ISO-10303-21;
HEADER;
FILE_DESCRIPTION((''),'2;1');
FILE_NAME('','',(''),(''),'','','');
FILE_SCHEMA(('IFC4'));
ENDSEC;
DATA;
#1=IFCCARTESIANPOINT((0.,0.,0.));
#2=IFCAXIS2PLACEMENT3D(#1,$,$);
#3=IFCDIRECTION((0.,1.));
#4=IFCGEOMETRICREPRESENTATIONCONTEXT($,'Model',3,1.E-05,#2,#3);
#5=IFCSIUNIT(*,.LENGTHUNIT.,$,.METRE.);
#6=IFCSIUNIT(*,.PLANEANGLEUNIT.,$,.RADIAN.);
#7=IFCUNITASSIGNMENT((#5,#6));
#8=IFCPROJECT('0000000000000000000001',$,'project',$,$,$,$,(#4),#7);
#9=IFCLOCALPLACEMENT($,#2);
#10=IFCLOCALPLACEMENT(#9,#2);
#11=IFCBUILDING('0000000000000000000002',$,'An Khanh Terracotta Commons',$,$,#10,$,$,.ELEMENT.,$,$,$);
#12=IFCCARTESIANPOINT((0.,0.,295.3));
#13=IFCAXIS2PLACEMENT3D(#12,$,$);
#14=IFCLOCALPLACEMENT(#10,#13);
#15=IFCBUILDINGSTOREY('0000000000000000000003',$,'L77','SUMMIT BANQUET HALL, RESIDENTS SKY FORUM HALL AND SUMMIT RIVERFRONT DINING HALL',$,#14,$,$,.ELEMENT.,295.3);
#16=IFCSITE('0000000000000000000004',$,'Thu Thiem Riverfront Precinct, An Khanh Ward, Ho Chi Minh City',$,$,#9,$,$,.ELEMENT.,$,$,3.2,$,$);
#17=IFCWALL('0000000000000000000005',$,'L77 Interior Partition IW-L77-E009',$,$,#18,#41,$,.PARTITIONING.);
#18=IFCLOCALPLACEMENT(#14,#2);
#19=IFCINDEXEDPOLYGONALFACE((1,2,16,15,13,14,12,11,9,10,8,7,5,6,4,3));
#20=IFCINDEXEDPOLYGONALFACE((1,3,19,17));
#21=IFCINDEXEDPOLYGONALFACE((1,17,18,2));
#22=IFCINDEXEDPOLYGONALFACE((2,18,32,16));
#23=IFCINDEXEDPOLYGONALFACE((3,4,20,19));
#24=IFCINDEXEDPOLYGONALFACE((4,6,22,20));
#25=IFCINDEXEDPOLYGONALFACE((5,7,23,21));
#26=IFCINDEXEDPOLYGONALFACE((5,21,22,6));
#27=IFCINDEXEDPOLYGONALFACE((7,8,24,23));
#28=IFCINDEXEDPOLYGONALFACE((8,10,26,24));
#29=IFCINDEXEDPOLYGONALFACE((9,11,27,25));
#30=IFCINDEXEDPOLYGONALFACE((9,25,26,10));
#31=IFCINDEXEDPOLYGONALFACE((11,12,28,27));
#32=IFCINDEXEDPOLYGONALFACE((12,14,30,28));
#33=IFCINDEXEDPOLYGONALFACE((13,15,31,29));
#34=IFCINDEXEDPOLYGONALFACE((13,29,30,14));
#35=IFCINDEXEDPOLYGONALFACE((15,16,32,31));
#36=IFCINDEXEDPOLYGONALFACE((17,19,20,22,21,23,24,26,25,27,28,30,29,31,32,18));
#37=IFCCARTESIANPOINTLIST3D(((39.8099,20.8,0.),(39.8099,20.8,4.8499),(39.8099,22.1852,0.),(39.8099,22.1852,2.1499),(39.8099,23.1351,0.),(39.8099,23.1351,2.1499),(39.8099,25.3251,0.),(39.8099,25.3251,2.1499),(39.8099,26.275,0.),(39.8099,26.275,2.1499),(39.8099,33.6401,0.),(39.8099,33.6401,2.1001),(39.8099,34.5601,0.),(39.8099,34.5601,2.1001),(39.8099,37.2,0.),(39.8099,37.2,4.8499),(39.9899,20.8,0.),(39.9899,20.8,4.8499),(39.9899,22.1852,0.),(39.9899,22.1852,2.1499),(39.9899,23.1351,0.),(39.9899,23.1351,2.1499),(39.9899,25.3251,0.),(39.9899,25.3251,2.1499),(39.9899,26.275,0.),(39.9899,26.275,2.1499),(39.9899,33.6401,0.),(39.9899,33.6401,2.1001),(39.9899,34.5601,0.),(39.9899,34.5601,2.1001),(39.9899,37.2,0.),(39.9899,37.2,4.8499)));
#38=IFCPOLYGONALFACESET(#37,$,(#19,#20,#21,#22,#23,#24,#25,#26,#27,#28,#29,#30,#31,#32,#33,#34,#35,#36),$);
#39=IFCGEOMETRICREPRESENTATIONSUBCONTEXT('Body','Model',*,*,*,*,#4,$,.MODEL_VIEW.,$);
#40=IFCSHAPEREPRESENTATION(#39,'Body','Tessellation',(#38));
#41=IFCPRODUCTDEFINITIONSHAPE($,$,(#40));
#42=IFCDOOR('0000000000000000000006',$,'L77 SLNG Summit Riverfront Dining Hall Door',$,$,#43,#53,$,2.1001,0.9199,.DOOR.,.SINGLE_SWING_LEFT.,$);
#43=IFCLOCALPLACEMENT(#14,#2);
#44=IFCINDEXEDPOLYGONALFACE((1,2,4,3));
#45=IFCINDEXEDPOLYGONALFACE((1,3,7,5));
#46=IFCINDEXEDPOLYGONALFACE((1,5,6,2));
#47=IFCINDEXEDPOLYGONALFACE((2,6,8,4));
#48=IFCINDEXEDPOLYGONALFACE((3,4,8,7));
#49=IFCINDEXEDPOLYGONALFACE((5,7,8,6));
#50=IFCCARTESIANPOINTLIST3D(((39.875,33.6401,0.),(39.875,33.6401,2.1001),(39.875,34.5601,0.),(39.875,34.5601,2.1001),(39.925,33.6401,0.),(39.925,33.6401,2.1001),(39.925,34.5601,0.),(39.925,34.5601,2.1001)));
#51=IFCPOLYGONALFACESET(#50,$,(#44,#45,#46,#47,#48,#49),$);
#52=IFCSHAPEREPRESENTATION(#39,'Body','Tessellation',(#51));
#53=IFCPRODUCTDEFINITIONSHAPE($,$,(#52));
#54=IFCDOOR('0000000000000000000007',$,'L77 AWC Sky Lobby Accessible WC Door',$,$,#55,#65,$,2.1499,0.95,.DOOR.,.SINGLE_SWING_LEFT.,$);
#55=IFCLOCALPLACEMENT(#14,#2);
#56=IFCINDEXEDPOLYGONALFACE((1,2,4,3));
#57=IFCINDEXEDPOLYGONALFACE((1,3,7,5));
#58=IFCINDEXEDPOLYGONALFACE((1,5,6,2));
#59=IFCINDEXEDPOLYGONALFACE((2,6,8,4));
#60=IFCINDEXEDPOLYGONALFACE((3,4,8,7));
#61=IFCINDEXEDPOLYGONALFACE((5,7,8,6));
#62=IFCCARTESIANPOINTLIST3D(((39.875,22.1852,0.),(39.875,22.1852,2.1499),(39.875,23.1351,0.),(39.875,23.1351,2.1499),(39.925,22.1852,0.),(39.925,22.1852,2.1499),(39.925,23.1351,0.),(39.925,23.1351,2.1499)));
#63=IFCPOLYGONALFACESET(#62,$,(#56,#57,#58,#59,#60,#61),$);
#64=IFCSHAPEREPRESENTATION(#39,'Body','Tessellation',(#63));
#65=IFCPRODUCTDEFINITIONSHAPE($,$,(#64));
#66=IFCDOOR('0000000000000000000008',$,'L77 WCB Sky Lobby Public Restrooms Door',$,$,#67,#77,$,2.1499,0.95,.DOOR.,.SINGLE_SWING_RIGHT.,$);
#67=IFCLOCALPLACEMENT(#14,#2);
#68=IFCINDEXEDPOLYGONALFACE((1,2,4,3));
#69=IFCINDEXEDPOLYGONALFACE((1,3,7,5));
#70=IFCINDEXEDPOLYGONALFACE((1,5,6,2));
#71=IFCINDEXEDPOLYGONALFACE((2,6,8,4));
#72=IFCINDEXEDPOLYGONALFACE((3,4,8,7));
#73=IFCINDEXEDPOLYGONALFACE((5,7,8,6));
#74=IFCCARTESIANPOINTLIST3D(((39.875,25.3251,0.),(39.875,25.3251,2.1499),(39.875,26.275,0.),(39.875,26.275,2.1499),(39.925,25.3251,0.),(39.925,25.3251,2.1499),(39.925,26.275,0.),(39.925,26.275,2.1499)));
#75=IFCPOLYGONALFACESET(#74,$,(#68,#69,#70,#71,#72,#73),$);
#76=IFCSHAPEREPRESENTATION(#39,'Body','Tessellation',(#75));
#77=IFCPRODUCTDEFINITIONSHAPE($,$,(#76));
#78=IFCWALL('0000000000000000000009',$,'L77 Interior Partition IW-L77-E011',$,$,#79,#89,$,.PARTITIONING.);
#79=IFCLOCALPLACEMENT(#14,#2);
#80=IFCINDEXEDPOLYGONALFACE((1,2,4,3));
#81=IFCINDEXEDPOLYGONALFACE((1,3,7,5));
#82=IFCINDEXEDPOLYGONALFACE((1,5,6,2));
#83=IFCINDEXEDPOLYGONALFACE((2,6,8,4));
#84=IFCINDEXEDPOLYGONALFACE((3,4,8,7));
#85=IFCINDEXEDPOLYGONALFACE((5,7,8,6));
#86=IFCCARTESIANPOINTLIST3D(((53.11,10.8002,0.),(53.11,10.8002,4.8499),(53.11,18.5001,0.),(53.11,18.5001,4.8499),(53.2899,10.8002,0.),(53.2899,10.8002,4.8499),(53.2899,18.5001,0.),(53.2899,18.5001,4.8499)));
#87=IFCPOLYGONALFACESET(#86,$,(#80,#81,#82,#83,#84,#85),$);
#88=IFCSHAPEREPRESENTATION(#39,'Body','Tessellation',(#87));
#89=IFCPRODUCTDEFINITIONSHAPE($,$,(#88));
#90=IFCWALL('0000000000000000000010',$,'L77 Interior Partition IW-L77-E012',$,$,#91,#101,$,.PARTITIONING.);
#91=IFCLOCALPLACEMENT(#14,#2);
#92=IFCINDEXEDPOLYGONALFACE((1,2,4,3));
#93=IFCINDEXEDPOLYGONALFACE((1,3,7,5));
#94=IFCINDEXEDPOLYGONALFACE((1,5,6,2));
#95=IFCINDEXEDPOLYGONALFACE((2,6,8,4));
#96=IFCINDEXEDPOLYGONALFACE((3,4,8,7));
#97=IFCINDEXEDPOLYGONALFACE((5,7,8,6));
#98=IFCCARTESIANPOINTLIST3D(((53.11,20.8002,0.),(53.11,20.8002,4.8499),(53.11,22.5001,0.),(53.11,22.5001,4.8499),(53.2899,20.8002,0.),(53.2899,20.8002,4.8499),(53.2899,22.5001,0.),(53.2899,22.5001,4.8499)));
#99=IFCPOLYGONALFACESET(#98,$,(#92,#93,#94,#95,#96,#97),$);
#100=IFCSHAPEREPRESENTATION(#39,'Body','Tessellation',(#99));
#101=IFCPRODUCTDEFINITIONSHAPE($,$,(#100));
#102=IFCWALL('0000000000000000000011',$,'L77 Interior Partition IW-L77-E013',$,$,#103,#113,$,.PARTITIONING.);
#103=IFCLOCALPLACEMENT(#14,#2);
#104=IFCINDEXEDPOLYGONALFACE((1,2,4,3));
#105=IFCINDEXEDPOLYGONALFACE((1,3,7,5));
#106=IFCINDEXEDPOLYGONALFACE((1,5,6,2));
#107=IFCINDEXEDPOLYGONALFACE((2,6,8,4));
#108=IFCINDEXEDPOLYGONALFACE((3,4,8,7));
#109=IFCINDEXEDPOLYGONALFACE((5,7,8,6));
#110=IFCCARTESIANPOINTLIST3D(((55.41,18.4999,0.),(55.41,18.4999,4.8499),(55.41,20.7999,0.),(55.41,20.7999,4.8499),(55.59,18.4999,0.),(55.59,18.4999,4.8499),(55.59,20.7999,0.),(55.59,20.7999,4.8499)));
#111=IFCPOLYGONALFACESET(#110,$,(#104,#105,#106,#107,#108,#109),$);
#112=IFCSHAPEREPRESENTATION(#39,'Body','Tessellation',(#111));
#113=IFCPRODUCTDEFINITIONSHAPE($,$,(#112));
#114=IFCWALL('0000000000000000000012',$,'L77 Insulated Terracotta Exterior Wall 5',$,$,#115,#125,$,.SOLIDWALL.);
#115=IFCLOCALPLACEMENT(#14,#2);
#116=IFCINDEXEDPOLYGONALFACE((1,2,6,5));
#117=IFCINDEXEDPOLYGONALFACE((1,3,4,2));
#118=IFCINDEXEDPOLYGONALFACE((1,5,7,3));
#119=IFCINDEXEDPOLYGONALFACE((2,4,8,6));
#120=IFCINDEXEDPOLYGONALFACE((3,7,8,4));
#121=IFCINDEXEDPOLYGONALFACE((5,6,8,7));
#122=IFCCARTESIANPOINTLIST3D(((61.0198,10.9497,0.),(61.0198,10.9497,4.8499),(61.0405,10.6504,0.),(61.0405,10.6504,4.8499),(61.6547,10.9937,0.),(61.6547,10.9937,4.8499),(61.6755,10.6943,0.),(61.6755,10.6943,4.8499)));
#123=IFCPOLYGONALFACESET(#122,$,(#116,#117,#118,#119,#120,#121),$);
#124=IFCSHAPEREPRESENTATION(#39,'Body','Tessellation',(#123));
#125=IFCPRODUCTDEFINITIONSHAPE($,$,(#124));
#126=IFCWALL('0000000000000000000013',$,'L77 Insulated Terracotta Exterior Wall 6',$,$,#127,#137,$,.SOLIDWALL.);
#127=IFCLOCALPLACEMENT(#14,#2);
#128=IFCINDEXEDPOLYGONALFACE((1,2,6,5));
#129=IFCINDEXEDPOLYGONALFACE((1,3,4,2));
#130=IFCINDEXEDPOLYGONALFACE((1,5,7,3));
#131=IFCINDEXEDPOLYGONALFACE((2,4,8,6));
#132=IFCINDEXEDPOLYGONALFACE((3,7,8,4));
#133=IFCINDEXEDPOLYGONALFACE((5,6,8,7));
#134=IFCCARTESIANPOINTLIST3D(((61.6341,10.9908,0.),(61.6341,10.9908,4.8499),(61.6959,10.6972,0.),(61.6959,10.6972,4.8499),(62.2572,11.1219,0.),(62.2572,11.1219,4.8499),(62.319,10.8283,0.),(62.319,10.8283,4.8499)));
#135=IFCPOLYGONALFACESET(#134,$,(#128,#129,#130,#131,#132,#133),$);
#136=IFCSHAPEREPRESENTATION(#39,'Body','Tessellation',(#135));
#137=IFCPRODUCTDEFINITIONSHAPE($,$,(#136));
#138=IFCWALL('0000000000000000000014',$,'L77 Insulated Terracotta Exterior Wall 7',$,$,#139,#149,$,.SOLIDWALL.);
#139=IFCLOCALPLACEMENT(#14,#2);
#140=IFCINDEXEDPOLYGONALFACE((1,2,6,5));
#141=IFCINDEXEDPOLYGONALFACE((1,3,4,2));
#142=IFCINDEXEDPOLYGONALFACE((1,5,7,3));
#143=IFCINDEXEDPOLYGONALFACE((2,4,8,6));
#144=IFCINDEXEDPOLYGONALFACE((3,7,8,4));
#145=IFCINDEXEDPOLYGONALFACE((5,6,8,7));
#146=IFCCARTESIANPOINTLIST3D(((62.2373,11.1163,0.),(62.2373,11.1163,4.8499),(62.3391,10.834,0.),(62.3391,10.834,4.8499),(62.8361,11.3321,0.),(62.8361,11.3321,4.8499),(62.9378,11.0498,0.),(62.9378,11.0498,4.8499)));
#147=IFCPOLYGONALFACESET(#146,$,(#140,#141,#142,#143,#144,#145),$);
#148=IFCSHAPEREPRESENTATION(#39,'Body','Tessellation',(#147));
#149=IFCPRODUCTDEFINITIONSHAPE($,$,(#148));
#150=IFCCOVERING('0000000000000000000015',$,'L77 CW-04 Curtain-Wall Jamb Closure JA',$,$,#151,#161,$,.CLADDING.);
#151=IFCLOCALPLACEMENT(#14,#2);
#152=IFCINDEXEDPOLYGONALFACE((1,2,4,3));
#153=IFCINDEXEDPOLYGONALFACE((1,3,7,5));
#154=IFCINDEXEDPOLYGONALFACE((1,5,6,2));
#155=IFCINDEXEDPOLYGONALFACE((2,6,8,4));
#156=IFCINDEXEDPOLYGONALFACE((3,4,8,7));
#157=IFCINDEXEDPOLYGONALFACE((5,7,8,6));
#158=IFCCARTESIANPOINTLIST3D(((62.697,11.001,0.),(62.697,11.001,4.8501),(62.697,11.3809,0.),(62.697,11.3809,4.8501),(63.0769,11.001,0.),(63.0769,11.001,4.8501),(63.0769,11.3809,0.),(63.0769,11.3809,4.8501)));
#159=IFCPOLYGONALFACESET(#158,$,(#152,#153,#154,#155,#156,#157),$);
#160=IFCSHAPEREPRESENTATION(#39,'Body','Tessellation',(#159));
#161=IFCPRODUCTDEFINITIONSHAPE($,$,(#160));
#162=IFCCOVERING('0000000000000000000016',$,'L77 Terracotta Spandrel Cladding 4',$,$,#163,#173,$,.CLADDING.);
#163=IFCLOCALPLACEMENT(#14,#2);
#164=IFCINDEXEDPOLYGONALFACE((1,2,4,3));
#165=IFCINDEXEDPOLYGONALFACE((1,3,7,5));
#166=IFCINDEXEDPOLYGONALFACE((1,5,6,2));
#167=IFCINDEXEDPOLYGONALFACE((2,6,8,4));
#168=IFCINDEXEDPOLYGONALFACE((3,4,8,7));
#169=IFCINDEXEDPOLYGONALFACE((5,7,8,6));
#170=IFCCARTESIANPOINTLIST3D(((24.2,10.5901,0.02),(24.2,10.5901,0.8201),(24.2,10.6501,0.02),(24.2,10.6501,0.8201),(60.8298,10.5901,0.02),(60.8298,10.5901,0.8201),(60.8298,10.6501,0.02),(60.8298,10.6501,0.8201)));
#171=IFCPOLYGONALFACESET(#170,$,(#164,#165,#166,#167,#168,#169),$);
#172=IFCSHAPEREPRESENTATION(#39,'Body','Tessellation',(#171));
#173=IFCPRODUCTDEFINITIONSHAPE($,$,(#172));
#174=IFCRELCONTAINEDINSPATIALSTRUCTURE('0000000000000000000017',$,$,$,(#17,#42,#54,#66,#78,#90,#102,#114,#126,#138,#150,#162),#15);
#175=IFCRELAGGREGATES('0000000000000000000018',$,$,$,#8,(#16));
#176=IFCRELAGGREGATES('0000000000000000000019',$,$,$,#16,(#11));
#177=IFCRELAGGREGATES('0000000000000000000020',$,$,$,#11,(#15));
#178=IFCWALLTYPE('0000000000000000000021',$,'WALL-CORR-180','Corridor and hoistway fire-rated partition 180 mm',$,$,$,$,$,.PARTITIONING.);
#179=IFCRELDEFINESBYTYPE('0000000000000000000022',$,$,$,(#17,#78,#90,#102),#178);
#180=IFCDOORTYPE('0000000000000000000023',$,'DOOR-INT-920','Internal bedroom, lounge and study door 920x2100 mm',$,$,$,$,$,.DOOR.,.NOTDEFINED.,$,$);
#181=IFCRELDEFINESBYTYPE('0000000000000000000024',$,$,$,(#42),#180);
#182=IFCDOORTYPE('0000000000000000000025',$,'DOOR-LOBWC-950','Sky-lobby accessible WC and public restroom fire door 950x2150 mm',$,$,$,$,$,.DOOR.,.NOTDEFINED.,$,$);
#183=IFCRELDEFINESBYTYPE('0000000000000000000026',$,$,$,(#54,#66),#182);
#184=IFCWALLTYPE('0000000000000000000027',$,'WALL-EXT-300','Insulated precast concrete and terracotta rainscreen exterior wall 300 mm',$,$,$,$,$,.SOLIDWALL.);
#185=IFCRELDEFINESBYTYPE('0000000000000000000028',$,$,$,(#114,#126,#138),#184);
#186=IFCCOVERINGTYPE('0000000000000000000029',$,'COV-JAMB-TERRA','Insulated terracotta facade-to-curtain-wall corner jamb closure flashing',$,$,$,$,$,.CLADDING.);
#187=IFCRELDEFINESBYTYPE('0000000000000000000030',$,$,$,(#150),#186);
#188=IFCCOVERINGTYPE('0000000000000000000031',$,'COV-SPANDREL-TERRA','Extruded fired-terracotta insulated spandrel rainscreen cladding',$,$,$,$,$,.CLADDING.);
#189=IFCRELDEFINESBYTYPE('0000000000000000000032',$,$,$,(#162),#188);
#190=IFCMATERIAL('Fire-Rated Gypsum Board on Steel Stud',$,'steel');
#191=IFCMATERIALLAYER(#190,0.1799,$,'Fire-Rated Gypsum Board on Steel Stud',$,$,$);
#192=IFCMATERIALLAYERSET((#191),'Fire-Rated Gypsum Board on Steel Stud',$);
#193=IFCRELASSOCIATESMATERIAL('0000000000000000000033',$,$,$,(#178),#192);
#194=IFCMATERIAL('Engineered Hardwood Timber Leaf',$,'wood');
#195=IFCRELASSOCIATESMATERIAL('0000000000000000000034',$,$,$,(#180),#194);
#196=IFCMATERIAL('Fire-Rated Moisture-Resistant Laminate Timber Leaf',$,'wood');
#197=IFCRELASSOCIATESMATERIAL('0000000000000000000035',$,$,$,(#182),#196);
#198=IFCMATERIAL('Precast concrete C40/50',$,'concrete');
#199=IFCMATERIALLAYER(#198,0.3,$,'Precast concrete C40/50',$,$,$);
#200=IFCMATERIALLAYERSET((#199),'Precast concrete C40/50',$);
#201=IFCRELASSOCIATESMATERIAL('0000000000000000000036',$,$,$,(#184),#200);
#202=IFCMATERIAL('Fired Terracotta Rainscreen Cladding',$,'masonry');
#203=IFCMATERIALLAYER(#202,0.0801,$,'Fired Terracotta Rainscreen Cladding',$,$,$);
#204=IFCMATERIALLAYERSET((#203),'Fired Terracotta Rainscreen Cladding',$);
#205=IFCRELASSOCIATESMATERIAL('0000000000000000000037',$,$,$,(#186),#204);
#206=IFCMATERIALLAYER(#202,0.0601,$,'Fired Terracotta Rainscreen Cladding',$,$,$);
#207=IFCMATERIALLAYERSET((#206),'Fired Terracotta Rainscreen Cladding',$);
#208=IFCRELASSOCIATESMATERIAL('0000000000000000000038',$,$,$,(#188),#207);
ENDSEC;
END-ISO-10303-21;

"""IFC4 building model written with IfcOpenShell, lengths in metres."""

from ifc_helpers import new_model, si_unit, direction, frame, frame_2d, origin, origin_2d, place, context, subcontext, project, spatial, rectangle, extrude, material, layer, layer_set, type_object, element, fill, save


model = new_model("IFC4")

# Units and contexts
model_context = context("Model", 3, precision=1e-05, world=origin(), true_north=direction((0.0, 1.0)))
body_context = subcontext(model_context, "Body", "Model", "MODEL_VIEW")
ifc_project = project(units=[si_unit("LENGTHUNIT", "METRE"), si_unit("PLANEANGLEUNIT", "RADIAN")], contexts=[model_context])

# Site, building, storey
site_placement = place(None, origin())
site = spatial("IfcSite", under=ifc_project, at=site_placement, Name="Thu Thiem Riverfront Precinct, An Khanh Ward, Ho Chi Minh City", CompositionType="ELEMENT", RefElevation=3.2)
building_placement = place(site_placement, origin())
building = spatial("IfcBuilding", under=site, at=building_placement, Name="An Khanh Terracotta Commons", CompositionType="ELEMENT")
storey_placement = place(building_placement, frame((0.0, 0.0, 295.3)))
storey = spatial("IfcBuildingStorey", under=building, at=storey_placement, Name="L77", Description="SUMMIT BANQUET HALL, RESIDENTS SKY FORUM HALL AND SUMMIT RIVERFRONT DINING HALL", CompositionType="ELEMENT", Elevation=295.3)

# Shared definitions
ifc_material_1 = material(Name="Fire-Rated Gypsum Board on Steel Stud", Category="steel")
ifc_layer_1 = layer(ifc_material_1, 0.1799, Name="Fire-Rated Gypsum Board on Steel Stud")
ifc_layer_set_1 = layer_set([ifc_layer_1], Name="Fire-Rated Gypsum Board on Steel Stud")
wall_type_1 = type_object("IfcWallType", Name="WALL-CORR-180", Description="Corridor and hoistway fire-rated partition 180 mm", PredefinedType="PARTITIONING", material=ifc_layer_set_1)

# Wall, openings, doors
wall_1_placement = place(storey_placement, frame((39.8999, 20.8, 0.0), z_axis=(0.0, 0.0, 1.0), x_axis=(0.0, 1.0, 0.0)))
wall_1 = element("IfcWall", 1, at=wall_1_placement, inside=storey, type_object=wall_type_1, Name="L77 Interior Partition IW-L77-E009", PredefinedType="PARTITIONING", context=body_context, shape_type="SweptSolid", body=[
    extrude(rectangle(XDim=16.3999, YDim=0.1799, at=frame_2d((8.2, 0.0))), origin(), (0.0, 0.0, 1.0), 4.8499),
])
opening_1_placement = place(wall_1_placement, frame((1.385, 0.0, 0.0)))
opening_1 = element("IfcOpeningElement", 2, at=opening_1_placement, cuts=wall_1, PredefinedType="OPENING", context=body_context, shape_type="SweptSolid", body=[
    extrude(rectangle(XDim=0.95, YDim=2.1499, at=frame_2d((0.4751, 1.075))), frame((0.0, 0.0999, 0.0), z_axis=(0.0, -1.0, 0.0), x_axis=(1.0, 0.0, 0.0)), (0.0, 0.0, 1.0), 0.2),
])
opening_2_placement = place(wall_1_placement, frame((4.5249, 0.0, 0.0)))
opening_2 = element("IfcOpeningElement", 3, at=opening_2_placement, cuts=wall_1, PredefinedType="OPENING", context=body_context, shape_type="SweptSolid", body=[
    extrude(rectangle(XDim=0.95, YDim=2.1499, at=frame_2d((0.4751, 1.075))), frame((0.0, 0.0999, 0.0), z_axis=(0.0, -1.0, 0.0), x_axis=(1.0, 0.0, 0.0)), (0.0, 0.0, 1.0), 0.2),
])
opening_3_placement = place(wall_1_placement, frame((12.8401, 0.0, 0.0)))
opening_3 = element("IfcOpeningElement", 4, at=opening_3_placement, cuts=wall_1, PredefinedType="OPENING", context=body_context, shape_type="SweptSolid", body=[
    extrude(rectangle(XDim=0.9199, YDim=2.1001, at=frame_2d((0.46, 1.05))), frame((0.0, 0.0999, 0.0), z_axis=(0.0, -1.0, 0.0), x_axis=(1.0, 0.0, 0.0)), (0.0, 0.0, 1.0), 0.2),
])
ifc_material_2 = material(Name="Engineered Hardwood Timber Leaf", Category="wood")
door_type_1 = type_object("IfcDoorType", Name="DOOR-INT-920", Description="Internal bedroom, lounge and study door 920x2100 mm", OperationType="NOTDEFINED", PredefinedType="DOOR", material=ifc_material_2)
door_1_placement = place(opening_3_placement, origin())
door_1 = element("IfcDoor", 5, at=door_1_placement, inside=storey, type_object=door_type_1, Name="L77 SLNG Summit Riverfront Dining Hall Door", OperationType="SINGLE_SWING_LEFT", OverallHeight=2.1001, OverallWidth=0.9199, PredefinedType="DOOR", context=body_context, shape_type="SweptSolid", body=[
    extrude(rectangle(XDim=0.9199, YDim=2.1001, at=frame_2d((0.46, 1.05))), frame((0.0, 0.0249, 0.0), z_axis=(0.0, -1.0, 0.0), x_axis=(1.0, 0.0, 0.0)), (0.0, 0.0, 1.0), 0.05),
])
fill(opening_3, door_1)
ifc_material_3 = material(Name="Fire-Rated Moisture-Resistant Laminate Timber Leaf", Category="wood")
door_type_2 = type_object("IfcDoorType", Name="DOOR-LOBWC-950", Description="Sky-lobby accessible WC and public restroom fire door 950x2150 mm", OperationType="NOTDEFINED", PredefinedType="DOOR", material=ifc_material_3)
door_2_placement = place(opening_1_placement, origin())
door_2 = element("IfcDoor", 6, at=door_2_placement, inside=storey, type_object=door_type_2, Name="L77 AWC Sky Lobby Accessible WC Door", OperationType="SINGLE_SWING_LEFT", OverallHeight=2.1499, OverallWidth=0.95, PredefinedType="DOOR", context=body_context, shape_type="SweptSolid", body=[
    extrude(rectangle(XDim=0.95, YDim=2.1499, at=frame_2d((0.4751, 1.075))), frame((0.0, 0.0249, 0.0), z_axis=(0.0, -1.0, 0.0), x_axis=(1.0, 0.0, 0.0)), (0.0, 0.0, 1.0), 0.05),
])
fill(opening_1, door_2)
door_3_placement = place(opening_2_placement, origin())
door_3 = element("IfcDoor", 7, at=door_3_placement, inside=storey, type_object=door_type_2, Name="L77 WCB Sky Lobby Public Restrooms Door", OperationType="SINGLE_SWING_RIGHT", OverallHeight=2.1499, OverallWidth=0.95, PredefinedType="DOOR", context=body_context, shape_type="SweptSolid", body=[
    extrude(rectangle(XDim=0.95, YDim=2.1499, at=frame_2d((0.4751, 1.075))), frame((0.0, 0.0249, 0.0), z_axis=(0.0, -1.0, 0.0), x_axis=(1.0, 0.0, 0.0)), (0.0, 0.0, 1.0), 0.05),
])
fill(opening_2, door_3)

# Walls
wall_2_placement = place(storey_placement, frame((53.2, 10.8, 0.0), z_axis=(0.0, 0.0, 1.0), x_axis=(0.0, 1.0, 0.0)))
element("IfcWall", 8, at=wall_2_placement, inside=storey, type_object=wall_type_1, Name="L77 Interior Partition IW-L77-E011", PredefinedType="PARTITIONING", context=body_context, shape_type="SweptSolid", body=[
    extrude(rectangle(XDim=7.7, YDim=0.1799, at=frame_2d((3.8501, 0.0))), origin(), (0.0, 0.0, 1.0), 4.8499),
])
wall_3_placement = place(storey_placement, frame((53.2, 20.8, 0.0), z_axis=(0.0, 0.0, 1.0), x_axis=(0.0, 1.0, 0.0)))
element("IfcWall", 9, at=wall_3_placement, inside=storey, type_object=wall_type_1, Name="L77 Interior Partition IW-L77-E012", PredefinedType="PARTITIONING", context=body_context, shape_type="SweptSolid", body=[
    extrude(rectangle(XDim=1.7, YDim=0.1799, at=frame_2d((0.8501, 0.0))), origin(), (0.0, 0.0, 1.0), 4.8499),
])
wall_4_placement = place(storey_placement, frame((55.5, 18.5, 0.0), z_axis=(0.0, 0.0, 1.0), x_axis=(0.0, 1.0, 0.0)))
element("IfcWall", 10, at=wall_4_placement, inside=storey, type_object=wall_type_1, Name="L77 Interior Partition IW-L77-E013", PredefinedType="PARTITIONING", context=body_context, shape_type="SweptSolid", body=[
    extrude(rectangle(XDim=2.3, YDim=0.1799, at=frame_2d((1.1499, 0.0))), origin(), (0.0, 0.0, 1.0), 4.8499),
])
ifc_material_4 = material(Name="Precast concrete C40/50", Category="concrete")
ifc_layer_2 = layer(ifc_material_4, 0.3, Name="Precast concrete C40/50")
ifc_layer_set_2 = layer_set([ifc_layer_2], Name="Precast concrete C40/50")
wall_type_2 = type_object("IfcWallType", Name="WALL-EXT-300", Description="Insulated precast concrete and terracotta rainscreen exterior wall 300 mm", PredefinedType="SOLIDWALL", material=ifc_layer_set_2)
wall_5_placement = place(storey_placement, frame((61.03, 10.8, 0.0), z_axis=(0.0, 0.0, 1.0), x_axis=(0.997614, 0.069039, 0.0)))
element("IfcWall", 11, at=wall_5_placement, inside=storey, type_object=wall_type_2, Name="L77 Insulated Terracotta Exterior Wall 5", PredefinedType="SOLIDWALL", context=body_context, shape_type="SweptSolid", body=[
    extrude(rectangle(XDim=0.6365, YDim=0.3, at=frame_2d((0.3184, 0.0))), origin(), (0.0, 0.0, 1.0), 4.8499),
])
wall_6_placement = place(storey_placement, frame((61.665, 10.844, 0.0), z_axis=(0.0, 0.0, 1.0), x_axis=(0.97857, 0.205914, 0.0)))
element("IfcWall", 12, at=wall_6_placement, inside=storey, type_object=wall_type_2, Name="L77 Insulated Terracotta Exterior Wall 6", PredefinedType="SOLIDWALL", context=body_context, shape_type="SweptSolid", body=[
    extrude(rectangle(XDim=0.6367, YDim=0.3, at=frame_2d((0.3184, 0.0))), origin(), (0.0, 0.0, 1.0), 4.8499),
])
wall_7_placement = place(storey_placement, frame((62.2881, 10.9751, 0.0), z_axis=(0.0, 0.0, 1.0), x_axis=(0.940775, 0.339032, 0.0)))
element("IfcWall", 13, at=wall_7_placement, inside=storey, type_object=wall_type_2, Name="L77 Insulated Terracotta Exterior Wall 7", PredefinedType="SOLIDWALL", context=body_context, shape_type="SweptSolid", body=[
    extrude(rectangle(XDim=0.6365, YDim=0.3, at=frame_2d((0.3184, 0.0))), origin(), (0.0, 0.0, 1.0), 4.8499),
])

# Coverings
ifc_material_5 = material(Name="Fired Terracotta Rainscreen Cladding", Category="masonry")
ifc_layer_3 = layer(ifc_material_5, 0.0801, Name="Fired Terracotta Rainscreen Cladding")
ifc_layer_set_3 = layer_set([ifc_layer_3], Name="Fired Terracotta Rainscreen Cladding")
covering_type_1 = type_object("IfcCoveringType", Name="COV-JAMB-TERRA", Description="Insulated terracotta facade-to-curtain-wall corner jamb closure flashing", PredefinedType="CLADDING", material=ifc_layer_set_3)
covering_1_placement = place(storey_placement, frame((62.887, 11.1909, 0.0), z_axis=(0.0, 0.0, 1.0), x_axis=(1.0, 0.0, 0.0)))
element("IfcCovering", 14, at=covering_1_placement, inside=storey, type_object=covering_type_1, Name="L77 CW-04 Curtain-Wall Jamb Closure JA", PredefinedType="CLADDING", context=body_context, shape_type="SweptSolid", body=[
    extrude(rectangle(XDim=0.3799, YDim=0.3799, at=origin_2d()), origin(), (0.0, 0.0, 1.0), 4.8501),
])
ifc_layer_4 = layer(ifc_material_5, 0.0601, Name="Fired Terracotta Rainscreen Cladding")
ifc_layer_set_4 = layer_set([ifc_layer_4], Name="Fired Terracotta Rainscreen Cladding")
covering_type_2 = type_object("IfcCoveringType", Name="COV-SPANDREL-TERRA", Description="Extruded fired-terracotta insulated spandrel rainscreen cladding", PredefinedType="CLADDING", material=ifc_layer_set_4)
covering_2_placement = place(storey_placement, frame((42.5149, 10.6201, 0.02), z_axis=(0.0, 0.0, 1.0), x_axis=(1.0, 0.0, 0.0)))
element("IfcCovering", 15, at=covering_2_placement, inside=storey, type_object=covering_type_2, Name="L77 Terracotta Spandrel Cladding 4", PredefinedType="CLADDING", context=body_context, shape_type="SweptSolid", body=[
    extrude(rectangle(XDim=36.6299, YDim=0.0601, at=origin_2d()), origin(), (0.0, 0.0, 1.0), 0.8),
])

save(model, "model.ifc")
